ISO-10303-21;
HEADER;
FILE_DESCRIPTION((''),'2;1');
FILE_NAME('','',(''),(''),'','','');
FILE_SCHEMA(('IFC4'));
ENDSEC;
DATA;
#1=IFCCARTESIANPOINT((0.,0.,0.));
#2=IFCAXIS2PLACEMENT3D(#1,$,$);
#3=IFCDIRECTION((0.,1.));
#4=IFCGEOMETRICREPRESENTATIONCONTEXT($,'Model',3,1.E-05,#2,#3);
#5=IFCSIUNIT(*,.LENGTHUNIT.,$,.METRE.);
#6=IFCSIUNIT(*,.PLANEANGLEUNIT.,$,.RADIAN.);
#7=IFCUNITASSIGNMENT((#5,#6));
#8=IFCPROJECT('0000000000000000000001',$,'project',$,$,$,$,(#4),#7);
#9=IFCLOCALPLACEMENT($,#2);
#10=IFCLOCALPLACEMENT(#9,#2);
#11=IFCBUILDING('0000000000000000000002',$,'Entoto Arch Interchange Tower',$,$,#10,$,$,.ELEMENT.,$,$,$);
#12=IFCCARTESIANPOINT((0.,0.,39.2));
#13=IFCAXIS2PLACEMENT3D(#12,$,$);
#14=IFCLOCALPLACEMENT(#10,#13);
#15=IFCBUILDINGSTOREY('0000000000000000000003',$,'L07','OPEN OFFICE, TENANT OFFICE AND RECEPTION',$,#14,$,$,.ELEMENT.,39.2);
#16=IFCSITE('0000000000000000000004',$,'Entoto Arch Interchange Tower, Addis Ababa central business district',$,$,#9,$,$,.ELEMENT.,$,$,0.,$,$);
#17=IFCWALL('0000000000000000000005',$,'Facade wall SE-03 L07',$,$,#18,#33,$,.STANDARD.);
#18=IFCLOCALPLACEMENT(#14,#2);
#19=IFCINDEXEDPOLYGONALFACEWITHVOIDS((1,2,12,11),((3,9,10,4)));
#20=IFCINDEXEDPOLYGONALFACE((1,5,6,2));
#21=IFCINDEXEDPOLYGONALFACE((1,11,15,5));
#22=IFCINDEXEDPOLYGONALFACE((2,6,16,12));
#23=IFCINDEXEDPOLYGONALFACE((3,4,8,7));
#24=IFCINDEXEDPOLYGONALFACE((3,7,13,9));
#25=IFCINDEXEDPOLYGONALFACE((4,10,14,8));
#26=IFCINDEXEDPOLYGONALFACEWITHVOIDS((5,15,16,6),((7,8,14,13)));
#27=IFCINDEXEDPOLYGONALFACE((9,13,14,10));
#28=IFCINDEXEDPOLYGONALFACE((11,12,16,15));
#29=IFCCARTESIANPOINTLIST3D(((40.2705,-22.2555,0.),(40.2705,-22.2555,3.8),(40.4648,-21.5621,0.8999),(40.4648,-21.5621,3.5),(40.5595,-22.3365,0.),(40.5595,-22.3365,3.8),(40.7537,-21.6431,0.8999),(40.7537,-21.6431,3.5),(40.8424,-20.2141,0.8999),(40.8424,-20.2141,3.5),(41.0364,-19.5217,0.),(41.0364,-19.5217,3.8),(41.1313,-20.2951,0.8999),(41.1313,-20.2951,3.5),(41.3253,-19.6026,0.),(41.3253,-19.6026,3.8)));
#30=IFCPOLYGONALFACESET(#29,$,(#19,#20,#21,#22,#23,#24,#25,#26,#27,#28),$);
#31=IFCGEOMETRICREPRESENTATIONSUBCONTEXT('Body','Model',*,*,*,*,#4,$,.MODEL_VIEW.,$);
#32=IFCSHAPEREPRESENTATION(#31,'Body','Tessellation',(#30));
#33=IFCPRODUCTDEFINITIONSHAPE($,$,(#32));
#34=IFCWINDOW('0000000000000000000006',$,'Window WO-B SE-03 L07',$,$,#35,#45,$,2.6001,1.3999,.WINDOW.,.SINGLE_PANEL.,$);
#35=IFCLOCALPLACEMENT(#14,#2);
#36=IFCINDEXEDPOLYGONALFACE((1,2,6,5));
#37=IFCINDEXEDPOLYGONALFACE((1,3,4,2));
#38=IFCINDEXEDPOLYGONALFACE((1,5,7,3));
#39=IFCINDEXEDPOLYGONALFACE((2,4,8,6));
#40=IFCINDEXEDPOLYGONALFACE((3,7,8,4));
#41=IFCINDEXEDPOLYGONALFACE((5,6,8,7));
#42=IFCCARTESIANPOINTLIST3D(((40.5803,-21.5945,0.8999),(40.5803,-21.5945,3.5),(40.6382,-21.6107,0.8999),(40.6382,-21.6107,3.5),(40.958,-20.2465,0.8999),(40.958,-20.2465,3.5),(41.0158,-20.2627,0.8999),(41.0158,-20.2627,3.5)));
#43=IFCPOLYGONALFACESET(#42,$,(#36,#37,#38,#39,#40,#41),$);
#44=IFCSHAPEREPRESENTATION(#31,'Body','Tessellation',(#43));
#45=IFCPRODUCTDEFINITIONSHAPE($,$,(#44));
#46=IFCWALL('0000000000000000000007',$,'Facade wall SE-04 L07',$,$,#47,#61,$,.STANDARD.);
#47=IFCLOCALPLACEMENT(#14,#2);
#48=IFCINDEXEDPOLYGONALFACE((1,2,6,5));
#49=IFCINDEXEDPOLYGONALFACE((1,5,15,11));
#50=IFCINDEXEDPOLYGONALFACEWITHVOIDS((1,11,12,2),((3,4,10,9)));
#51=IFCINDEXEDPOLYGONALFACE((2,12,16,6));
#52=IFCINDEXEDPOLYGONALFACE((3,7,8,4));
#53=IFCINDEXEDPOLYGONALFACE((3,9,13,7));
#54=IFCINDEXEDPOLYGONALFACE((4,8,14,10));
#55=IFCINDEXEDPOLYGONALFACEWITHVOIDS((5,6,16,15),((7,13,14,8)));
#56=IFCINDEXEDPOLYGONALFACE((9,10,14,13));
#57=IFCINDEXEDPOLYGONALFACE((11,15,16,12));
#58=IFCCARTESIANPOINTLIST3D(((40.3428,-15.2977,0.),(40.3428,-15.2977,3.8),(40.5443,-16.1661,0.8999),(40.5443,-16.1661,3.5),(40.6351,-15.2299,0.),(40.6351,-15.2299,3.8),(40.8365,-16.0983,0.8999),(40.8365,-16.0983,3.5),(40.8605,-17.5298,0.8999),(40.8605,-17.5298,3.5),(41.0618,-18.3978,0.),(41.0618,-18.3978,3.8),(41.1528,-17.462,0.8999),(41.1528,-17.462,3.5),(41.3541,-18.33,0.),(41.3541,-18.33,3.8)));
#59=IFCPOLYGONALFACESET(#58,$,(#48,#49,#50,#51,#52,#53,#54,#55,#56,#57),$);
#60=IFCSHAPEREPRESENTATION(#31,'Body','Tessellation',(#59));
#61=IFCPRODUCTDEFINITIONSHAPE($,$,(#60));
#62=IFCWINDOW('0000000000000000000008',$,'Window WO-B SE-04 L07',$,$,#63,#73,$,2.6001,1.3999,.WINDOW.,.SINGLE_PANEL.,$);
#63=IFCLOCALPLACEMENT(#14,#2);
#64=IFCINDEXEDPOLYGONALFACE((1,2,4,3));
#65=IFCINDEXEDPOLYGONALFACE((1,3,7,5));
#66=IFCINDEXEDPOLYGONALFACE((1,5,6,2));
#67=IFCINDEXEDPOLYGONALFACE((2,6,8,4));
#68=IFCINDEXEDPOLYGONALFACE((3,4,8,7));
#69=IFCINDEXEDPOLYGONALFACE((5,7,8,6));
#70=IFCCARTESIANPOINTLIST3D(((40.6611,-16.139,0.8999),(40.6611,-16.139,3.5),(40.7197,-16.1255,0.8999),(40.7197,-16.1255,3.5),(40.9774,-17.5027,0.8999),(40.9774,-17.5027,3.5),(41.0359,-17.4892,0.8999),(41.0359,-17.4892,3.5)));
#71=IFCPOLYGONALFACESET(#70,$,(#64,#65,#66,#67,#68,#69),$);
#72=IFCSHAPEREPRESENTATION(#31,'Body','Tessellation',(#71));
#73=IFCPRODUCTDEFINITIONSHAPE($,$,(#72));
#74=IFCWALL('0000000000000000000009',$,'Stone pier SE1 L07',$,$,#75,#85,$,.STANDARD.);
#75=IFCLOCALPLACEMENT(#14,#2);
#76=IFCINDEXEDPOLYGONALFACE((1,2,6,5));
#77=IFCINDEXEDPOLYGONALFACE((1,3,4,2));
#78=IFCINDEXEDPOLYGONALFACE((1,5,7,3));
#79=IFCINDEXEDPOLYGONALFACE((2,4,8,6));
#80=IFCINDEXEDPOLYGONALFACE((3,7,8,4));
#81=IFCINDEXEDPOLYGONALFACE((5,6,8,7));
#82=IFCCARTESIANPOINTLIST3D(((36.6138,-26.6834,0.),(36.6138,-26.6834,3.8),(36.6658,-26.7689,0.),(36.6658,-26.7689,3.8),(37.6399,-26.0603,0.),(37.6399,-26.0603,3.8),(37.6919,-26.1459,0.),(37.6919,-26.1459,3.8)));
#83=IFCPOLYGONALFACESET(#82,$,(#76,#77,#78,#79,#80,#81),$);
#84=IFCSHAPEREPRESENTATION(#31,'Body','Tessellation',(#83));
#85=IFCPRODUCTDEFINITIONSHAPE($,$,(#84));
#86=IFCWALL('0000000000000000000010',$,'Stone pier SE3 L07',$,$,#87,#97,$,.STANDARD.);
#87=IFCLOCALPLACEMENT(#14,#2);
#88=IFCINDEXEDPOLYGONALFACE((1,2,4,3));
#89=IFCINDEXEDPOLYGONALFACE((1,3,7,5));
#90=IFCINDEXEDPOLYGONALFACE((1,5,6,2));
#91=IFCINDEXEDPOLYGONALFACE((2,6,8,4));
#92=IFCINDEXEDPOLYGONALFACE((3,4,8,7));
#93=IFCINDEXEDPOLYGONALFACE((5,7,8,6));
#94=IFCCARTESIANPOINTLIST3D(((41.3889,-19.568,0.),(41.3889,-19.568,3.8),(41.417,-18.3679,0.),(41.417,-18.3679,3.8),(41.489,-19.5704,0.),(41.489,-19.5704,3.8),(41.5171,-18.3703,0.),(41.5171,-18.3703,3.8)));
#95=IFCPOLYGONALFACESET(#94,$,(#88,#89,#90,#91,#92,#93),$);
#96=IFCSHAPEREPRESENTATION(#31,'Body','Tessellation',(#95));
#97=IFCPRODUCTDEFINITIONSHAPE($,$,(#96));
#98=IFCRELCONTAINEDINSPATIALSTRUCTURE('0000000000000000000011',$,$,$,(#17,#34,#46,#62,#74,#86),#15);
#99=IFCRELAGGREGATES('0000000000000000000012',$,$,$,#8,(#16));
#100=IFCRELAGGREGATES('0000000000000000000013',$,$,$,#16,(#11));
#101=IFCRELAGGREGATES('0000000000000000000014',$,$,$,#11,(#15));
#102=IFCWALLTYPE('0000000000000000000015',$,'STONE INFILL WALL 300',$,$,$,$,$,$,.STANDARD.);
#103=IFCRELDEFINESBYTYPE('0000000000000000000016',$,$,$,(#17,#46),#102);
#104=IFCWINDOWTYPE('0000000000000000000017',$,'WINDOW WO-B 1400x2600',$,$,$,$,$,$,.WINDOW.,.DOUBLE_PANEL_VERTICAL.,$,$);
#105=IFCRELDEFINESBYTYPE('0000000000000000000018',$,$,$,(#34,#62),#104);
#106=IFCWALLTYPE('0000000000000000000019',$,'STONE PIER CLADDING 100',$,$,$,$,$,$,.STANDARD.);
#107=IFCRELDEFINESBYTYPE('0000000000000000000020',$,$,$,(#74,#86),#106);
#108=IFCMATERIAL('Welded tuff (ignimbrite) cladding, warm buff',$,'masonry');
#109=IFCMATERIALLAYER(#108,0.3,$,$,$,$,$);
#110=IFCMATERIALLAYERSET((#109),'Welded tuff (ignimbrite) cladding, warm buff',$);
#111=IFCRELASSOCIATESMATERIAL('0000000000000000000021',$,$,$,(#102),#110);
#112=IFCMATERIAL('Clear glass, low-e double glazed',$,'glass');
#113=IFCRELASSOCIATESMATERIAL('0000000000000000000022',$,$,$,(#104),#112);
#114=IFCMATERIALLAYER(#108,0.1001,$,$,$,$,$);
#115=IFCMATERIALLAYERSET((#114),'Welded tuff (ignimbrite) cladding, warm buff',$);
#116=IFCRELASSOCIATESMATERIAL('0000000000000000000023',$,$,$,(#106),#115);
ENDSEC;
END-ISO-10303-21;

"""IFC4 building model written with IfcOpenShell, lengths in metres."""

from ifc_helpers import new_model, si_unit, direction, frame, frame_2d, origin, place, context, subcontext, project, spatial, rectangle, extrude, material, layer, layer_set, type_object, element, fill, save


model = new_model("IFC4")

# Units and contexts
model_context = context("Model", 3, precision=1e-05, world=origin(), true_north=direction((0.0, 1.0)))
body_context = subcontext(model_context, "Body", "Model", "MODEL_VIEW")
ifc_project = project(units=[si_unit("LENGTHUNIT", "METRE"), si_unit("PLANEANGLEUNIT", "RADIAN")], contexts=[model_context])

# Site, building, storey
site_placement = place(None, origin())
site = spatial("IfcSite", under=ifc_project, at=site_placement, Name="Entoto Arch Interchange Tower, Addis Ababa central business district", CompositionType="ELEMENT", RefElevation=0.0)
building_placement = place(site_placement, origin())
building = spatial("IfcBuilding", under=site, at=building_placement, Name="Entoto Arch Interchange Tower", CompositionType="ELEMENT")
storey_placement = place(building_placement, frame((0.0, 0.0, 39.2)))
storey = spatial("IfcBuildingStorey", under=building, at=storey_placement, Name="L07", Description="OPEN OFFICE, TENANT OFFICE AND RECEPTION", CompositionType="ELEMENT", Elevation=39.2)

# Walls, openings, windows
ifc_material_1 = material(Name="Welded tuff (ignimbrite) cladding, warm buff", Category="masonry")
ifc_layer_1 = layer(ifc_material_1, 0.3)
ifc_layer_set_1 = layer_set([ifc_layer_1], Name="Welded tuff (ignimbrite) cladding, warm buff")
wall_type_1 = type_object("IfcWallType", Name="STONE INFILL WALL 300", PredefinedType="STANDARD", material=ifc_layer_set_1)
ifc_material_2 = material(Name="Clear glass, low-e double glazed", Category="glass")
window_type = type_object("IfcWindowType", Name="WINDOW WO-B 1400x2600", PartitioningType="DOUBLE_PANEL_VERTICAL", PredefinedType="WINDOW", material=ifc_material_2)
wall_1_placement = place(storey_placement, frame((40.415, -22.2959, 0.0), z_axis=(0.0, 0.0, 1.0), x_axis=(0.269754, 0.962929, 0.0)))
wall_1 = element("IfcWall", 1, at=wall_1_placement, inside=storey, type_object=wall_type_1, Name="Facade wall SE-03 L07", PredefinedType="STANDARD", context=body_context, shape_type="SweptSolid", body=[
    extrude(rectangle(XDim=2.8391, YDim=0.3, at=frame_2d((1.4194, 0.0))), origin(), (0.0, 0.0, 1.0), 3.8),
])
opening_1_placement = place(wall_1_placement, frame((0.72, 0.0, 0.8999)))
opening_1 = element("IfcOpeningElement", 2, at=opening_1_placement, cuts=wall_1, PredefinedType="OPENING", context=body_context, shape_type="SweptSolid", body=[
    extrude(rectangle(XDim=1.3999, YDim=2.6001, at=frame_2d((0.7, 1.3))), frame((0.0, 0.1602, 0.0), z_axis=(0.0, -1.0, 0.0), x_axis=(1.0, 0.0, 0.0)), (0.0, 0.0, 1.0), 0.3201),
])
window_1_placement = place(opening_1_placement, origin())
window_1 = element("IfcWindow", 3, at=window_1_placement, inside=storey, type_object=window_type, Name="Window WO-B SE-03 L07", OverallHeight=2.6001, OverallWidth=1.3999, PartitioningType="SINGLE_PANEL", PredefinedType="WINDOW", context=body_context, shape_type="SweptSolid", body=[
    extrude(rectangle(XDim=1.3999, YDim=2.6001, at=frame_2d((0.7, 1.3))), frame((0.0, 0.03, 0.0), z_axis=(0.0, -1.0, 0.0), x_axis=(1.0, 0.0, 0.0)), (0.0, 0.0, 1.0), 0.0601),
])
fill(opening_1, window_1)
wall_2_placement = place(storey_placement, frame((41.208, -18.364, 0.0), z_axis=(0.0, 0.0, 1.0), x_axis=(-0.22593, 0.974144, 0.0)))
wall_2 = element("IfcWall", 4, at=wall_2_placement, inside=storey, type_object=wall_type_1, Name="Facade wall SE-04 L07", PredefinedType="STANDARD", context=body_context, shape_type="SweptSolid", body=[
    extrude(rectangle(XDim=3.1824, YDim=0.3, at=frame_2d((1.5913, 0.0))), origin(), (0.0, 0.0, 1.0), 3.8),
])
opening_2_placement = place(wall_2_placement, frame((0.8911, 0.0, 0.8999)))
opening_2 = element("IfcOpeningElement", 5, at=opening_2_placement, cuts=wall_2, PredefinedType="OPENING", context=body_context, shape_type="SweptSolid", body=[
    extrude(rectangle(XDim=1.3999, YDim=2.6001, at=frame_2d((0.7, 1.3))), frame((0.0, 0.1602, 0.0), z_axis=(0.0, -1.0, 0.0), x_axis=(1.0, 0.0, 0.0)), (0.0, 0.0, 1.0), 0.3201),
])
window_2_placement = place(opening_2_placement, origin())
window_2 = element("IfcWindow", 6, at=window_2_placement, inside=storey, type_object=window_type, Name="Window WO-B SE-04 L07", OverallHeight=2.6001, OverallWidth=1.3999, PartitioningType="SINGLE_PANEL", PredefinedType="WINDOW", context=body_context, shape_type="SweptSolid", body=[
    extrude(rectangle(XDim=1.3999, YDim=2.6001, at=frame_2d((0.7, 1.3))), frame((0.0, 0.03, 0.0), z_axis=(0.0, -1.0, 0.0), x_axis=(1.0, 0.0, 0.0)), (0.0, 0.0, 1.0), 0.0601),
])
fill(opening_2, window_2)

# Walls
ifc_layer_2 = layer(ifc_material_1, 0.1001)
ifc_layer_set_2 = layer_set([ifc_layer_2], Name="Welded tuff (ignimbrite) cladding, warm buff")
wall_type_2 = type_object("IfcWallType", Name="STONE PIER CLADDING 100", PredefinedType="STANDARD", material=ifc_layer_set_2)
for number, where, z_axis, x_axis, name in (
    (7, (36.6399, -26.7261, 0.0), (0.0, 0.0, 1.0), (0.854771, 0.519005, 0.0), "Stone pier SE1 L07"),
    (8, (41.439, -19.5691, 0.0), (0.0, 0.0, 1.0), (0.023387, 0.999726, 0.0), "Stone pier SE3 L07"),
):
    element("IfcWall", number, at=place(storey_placement, frame(where, z_axis=z_axis, x_axis=x_axis)), inside=storey, type_object=wall_type_2, Name=name, PredefinedType="STANDARD", context=body_context, shape_type="SweptSolid", body=[
        extrude(rectangle(XDim=1.2004, YDim=0.1001, at=frame_2d((0.6001, 0.0))), origin(), (0.0, 0.0, 1.0), 3.8),
    ])

save(model, "model.ifc")
